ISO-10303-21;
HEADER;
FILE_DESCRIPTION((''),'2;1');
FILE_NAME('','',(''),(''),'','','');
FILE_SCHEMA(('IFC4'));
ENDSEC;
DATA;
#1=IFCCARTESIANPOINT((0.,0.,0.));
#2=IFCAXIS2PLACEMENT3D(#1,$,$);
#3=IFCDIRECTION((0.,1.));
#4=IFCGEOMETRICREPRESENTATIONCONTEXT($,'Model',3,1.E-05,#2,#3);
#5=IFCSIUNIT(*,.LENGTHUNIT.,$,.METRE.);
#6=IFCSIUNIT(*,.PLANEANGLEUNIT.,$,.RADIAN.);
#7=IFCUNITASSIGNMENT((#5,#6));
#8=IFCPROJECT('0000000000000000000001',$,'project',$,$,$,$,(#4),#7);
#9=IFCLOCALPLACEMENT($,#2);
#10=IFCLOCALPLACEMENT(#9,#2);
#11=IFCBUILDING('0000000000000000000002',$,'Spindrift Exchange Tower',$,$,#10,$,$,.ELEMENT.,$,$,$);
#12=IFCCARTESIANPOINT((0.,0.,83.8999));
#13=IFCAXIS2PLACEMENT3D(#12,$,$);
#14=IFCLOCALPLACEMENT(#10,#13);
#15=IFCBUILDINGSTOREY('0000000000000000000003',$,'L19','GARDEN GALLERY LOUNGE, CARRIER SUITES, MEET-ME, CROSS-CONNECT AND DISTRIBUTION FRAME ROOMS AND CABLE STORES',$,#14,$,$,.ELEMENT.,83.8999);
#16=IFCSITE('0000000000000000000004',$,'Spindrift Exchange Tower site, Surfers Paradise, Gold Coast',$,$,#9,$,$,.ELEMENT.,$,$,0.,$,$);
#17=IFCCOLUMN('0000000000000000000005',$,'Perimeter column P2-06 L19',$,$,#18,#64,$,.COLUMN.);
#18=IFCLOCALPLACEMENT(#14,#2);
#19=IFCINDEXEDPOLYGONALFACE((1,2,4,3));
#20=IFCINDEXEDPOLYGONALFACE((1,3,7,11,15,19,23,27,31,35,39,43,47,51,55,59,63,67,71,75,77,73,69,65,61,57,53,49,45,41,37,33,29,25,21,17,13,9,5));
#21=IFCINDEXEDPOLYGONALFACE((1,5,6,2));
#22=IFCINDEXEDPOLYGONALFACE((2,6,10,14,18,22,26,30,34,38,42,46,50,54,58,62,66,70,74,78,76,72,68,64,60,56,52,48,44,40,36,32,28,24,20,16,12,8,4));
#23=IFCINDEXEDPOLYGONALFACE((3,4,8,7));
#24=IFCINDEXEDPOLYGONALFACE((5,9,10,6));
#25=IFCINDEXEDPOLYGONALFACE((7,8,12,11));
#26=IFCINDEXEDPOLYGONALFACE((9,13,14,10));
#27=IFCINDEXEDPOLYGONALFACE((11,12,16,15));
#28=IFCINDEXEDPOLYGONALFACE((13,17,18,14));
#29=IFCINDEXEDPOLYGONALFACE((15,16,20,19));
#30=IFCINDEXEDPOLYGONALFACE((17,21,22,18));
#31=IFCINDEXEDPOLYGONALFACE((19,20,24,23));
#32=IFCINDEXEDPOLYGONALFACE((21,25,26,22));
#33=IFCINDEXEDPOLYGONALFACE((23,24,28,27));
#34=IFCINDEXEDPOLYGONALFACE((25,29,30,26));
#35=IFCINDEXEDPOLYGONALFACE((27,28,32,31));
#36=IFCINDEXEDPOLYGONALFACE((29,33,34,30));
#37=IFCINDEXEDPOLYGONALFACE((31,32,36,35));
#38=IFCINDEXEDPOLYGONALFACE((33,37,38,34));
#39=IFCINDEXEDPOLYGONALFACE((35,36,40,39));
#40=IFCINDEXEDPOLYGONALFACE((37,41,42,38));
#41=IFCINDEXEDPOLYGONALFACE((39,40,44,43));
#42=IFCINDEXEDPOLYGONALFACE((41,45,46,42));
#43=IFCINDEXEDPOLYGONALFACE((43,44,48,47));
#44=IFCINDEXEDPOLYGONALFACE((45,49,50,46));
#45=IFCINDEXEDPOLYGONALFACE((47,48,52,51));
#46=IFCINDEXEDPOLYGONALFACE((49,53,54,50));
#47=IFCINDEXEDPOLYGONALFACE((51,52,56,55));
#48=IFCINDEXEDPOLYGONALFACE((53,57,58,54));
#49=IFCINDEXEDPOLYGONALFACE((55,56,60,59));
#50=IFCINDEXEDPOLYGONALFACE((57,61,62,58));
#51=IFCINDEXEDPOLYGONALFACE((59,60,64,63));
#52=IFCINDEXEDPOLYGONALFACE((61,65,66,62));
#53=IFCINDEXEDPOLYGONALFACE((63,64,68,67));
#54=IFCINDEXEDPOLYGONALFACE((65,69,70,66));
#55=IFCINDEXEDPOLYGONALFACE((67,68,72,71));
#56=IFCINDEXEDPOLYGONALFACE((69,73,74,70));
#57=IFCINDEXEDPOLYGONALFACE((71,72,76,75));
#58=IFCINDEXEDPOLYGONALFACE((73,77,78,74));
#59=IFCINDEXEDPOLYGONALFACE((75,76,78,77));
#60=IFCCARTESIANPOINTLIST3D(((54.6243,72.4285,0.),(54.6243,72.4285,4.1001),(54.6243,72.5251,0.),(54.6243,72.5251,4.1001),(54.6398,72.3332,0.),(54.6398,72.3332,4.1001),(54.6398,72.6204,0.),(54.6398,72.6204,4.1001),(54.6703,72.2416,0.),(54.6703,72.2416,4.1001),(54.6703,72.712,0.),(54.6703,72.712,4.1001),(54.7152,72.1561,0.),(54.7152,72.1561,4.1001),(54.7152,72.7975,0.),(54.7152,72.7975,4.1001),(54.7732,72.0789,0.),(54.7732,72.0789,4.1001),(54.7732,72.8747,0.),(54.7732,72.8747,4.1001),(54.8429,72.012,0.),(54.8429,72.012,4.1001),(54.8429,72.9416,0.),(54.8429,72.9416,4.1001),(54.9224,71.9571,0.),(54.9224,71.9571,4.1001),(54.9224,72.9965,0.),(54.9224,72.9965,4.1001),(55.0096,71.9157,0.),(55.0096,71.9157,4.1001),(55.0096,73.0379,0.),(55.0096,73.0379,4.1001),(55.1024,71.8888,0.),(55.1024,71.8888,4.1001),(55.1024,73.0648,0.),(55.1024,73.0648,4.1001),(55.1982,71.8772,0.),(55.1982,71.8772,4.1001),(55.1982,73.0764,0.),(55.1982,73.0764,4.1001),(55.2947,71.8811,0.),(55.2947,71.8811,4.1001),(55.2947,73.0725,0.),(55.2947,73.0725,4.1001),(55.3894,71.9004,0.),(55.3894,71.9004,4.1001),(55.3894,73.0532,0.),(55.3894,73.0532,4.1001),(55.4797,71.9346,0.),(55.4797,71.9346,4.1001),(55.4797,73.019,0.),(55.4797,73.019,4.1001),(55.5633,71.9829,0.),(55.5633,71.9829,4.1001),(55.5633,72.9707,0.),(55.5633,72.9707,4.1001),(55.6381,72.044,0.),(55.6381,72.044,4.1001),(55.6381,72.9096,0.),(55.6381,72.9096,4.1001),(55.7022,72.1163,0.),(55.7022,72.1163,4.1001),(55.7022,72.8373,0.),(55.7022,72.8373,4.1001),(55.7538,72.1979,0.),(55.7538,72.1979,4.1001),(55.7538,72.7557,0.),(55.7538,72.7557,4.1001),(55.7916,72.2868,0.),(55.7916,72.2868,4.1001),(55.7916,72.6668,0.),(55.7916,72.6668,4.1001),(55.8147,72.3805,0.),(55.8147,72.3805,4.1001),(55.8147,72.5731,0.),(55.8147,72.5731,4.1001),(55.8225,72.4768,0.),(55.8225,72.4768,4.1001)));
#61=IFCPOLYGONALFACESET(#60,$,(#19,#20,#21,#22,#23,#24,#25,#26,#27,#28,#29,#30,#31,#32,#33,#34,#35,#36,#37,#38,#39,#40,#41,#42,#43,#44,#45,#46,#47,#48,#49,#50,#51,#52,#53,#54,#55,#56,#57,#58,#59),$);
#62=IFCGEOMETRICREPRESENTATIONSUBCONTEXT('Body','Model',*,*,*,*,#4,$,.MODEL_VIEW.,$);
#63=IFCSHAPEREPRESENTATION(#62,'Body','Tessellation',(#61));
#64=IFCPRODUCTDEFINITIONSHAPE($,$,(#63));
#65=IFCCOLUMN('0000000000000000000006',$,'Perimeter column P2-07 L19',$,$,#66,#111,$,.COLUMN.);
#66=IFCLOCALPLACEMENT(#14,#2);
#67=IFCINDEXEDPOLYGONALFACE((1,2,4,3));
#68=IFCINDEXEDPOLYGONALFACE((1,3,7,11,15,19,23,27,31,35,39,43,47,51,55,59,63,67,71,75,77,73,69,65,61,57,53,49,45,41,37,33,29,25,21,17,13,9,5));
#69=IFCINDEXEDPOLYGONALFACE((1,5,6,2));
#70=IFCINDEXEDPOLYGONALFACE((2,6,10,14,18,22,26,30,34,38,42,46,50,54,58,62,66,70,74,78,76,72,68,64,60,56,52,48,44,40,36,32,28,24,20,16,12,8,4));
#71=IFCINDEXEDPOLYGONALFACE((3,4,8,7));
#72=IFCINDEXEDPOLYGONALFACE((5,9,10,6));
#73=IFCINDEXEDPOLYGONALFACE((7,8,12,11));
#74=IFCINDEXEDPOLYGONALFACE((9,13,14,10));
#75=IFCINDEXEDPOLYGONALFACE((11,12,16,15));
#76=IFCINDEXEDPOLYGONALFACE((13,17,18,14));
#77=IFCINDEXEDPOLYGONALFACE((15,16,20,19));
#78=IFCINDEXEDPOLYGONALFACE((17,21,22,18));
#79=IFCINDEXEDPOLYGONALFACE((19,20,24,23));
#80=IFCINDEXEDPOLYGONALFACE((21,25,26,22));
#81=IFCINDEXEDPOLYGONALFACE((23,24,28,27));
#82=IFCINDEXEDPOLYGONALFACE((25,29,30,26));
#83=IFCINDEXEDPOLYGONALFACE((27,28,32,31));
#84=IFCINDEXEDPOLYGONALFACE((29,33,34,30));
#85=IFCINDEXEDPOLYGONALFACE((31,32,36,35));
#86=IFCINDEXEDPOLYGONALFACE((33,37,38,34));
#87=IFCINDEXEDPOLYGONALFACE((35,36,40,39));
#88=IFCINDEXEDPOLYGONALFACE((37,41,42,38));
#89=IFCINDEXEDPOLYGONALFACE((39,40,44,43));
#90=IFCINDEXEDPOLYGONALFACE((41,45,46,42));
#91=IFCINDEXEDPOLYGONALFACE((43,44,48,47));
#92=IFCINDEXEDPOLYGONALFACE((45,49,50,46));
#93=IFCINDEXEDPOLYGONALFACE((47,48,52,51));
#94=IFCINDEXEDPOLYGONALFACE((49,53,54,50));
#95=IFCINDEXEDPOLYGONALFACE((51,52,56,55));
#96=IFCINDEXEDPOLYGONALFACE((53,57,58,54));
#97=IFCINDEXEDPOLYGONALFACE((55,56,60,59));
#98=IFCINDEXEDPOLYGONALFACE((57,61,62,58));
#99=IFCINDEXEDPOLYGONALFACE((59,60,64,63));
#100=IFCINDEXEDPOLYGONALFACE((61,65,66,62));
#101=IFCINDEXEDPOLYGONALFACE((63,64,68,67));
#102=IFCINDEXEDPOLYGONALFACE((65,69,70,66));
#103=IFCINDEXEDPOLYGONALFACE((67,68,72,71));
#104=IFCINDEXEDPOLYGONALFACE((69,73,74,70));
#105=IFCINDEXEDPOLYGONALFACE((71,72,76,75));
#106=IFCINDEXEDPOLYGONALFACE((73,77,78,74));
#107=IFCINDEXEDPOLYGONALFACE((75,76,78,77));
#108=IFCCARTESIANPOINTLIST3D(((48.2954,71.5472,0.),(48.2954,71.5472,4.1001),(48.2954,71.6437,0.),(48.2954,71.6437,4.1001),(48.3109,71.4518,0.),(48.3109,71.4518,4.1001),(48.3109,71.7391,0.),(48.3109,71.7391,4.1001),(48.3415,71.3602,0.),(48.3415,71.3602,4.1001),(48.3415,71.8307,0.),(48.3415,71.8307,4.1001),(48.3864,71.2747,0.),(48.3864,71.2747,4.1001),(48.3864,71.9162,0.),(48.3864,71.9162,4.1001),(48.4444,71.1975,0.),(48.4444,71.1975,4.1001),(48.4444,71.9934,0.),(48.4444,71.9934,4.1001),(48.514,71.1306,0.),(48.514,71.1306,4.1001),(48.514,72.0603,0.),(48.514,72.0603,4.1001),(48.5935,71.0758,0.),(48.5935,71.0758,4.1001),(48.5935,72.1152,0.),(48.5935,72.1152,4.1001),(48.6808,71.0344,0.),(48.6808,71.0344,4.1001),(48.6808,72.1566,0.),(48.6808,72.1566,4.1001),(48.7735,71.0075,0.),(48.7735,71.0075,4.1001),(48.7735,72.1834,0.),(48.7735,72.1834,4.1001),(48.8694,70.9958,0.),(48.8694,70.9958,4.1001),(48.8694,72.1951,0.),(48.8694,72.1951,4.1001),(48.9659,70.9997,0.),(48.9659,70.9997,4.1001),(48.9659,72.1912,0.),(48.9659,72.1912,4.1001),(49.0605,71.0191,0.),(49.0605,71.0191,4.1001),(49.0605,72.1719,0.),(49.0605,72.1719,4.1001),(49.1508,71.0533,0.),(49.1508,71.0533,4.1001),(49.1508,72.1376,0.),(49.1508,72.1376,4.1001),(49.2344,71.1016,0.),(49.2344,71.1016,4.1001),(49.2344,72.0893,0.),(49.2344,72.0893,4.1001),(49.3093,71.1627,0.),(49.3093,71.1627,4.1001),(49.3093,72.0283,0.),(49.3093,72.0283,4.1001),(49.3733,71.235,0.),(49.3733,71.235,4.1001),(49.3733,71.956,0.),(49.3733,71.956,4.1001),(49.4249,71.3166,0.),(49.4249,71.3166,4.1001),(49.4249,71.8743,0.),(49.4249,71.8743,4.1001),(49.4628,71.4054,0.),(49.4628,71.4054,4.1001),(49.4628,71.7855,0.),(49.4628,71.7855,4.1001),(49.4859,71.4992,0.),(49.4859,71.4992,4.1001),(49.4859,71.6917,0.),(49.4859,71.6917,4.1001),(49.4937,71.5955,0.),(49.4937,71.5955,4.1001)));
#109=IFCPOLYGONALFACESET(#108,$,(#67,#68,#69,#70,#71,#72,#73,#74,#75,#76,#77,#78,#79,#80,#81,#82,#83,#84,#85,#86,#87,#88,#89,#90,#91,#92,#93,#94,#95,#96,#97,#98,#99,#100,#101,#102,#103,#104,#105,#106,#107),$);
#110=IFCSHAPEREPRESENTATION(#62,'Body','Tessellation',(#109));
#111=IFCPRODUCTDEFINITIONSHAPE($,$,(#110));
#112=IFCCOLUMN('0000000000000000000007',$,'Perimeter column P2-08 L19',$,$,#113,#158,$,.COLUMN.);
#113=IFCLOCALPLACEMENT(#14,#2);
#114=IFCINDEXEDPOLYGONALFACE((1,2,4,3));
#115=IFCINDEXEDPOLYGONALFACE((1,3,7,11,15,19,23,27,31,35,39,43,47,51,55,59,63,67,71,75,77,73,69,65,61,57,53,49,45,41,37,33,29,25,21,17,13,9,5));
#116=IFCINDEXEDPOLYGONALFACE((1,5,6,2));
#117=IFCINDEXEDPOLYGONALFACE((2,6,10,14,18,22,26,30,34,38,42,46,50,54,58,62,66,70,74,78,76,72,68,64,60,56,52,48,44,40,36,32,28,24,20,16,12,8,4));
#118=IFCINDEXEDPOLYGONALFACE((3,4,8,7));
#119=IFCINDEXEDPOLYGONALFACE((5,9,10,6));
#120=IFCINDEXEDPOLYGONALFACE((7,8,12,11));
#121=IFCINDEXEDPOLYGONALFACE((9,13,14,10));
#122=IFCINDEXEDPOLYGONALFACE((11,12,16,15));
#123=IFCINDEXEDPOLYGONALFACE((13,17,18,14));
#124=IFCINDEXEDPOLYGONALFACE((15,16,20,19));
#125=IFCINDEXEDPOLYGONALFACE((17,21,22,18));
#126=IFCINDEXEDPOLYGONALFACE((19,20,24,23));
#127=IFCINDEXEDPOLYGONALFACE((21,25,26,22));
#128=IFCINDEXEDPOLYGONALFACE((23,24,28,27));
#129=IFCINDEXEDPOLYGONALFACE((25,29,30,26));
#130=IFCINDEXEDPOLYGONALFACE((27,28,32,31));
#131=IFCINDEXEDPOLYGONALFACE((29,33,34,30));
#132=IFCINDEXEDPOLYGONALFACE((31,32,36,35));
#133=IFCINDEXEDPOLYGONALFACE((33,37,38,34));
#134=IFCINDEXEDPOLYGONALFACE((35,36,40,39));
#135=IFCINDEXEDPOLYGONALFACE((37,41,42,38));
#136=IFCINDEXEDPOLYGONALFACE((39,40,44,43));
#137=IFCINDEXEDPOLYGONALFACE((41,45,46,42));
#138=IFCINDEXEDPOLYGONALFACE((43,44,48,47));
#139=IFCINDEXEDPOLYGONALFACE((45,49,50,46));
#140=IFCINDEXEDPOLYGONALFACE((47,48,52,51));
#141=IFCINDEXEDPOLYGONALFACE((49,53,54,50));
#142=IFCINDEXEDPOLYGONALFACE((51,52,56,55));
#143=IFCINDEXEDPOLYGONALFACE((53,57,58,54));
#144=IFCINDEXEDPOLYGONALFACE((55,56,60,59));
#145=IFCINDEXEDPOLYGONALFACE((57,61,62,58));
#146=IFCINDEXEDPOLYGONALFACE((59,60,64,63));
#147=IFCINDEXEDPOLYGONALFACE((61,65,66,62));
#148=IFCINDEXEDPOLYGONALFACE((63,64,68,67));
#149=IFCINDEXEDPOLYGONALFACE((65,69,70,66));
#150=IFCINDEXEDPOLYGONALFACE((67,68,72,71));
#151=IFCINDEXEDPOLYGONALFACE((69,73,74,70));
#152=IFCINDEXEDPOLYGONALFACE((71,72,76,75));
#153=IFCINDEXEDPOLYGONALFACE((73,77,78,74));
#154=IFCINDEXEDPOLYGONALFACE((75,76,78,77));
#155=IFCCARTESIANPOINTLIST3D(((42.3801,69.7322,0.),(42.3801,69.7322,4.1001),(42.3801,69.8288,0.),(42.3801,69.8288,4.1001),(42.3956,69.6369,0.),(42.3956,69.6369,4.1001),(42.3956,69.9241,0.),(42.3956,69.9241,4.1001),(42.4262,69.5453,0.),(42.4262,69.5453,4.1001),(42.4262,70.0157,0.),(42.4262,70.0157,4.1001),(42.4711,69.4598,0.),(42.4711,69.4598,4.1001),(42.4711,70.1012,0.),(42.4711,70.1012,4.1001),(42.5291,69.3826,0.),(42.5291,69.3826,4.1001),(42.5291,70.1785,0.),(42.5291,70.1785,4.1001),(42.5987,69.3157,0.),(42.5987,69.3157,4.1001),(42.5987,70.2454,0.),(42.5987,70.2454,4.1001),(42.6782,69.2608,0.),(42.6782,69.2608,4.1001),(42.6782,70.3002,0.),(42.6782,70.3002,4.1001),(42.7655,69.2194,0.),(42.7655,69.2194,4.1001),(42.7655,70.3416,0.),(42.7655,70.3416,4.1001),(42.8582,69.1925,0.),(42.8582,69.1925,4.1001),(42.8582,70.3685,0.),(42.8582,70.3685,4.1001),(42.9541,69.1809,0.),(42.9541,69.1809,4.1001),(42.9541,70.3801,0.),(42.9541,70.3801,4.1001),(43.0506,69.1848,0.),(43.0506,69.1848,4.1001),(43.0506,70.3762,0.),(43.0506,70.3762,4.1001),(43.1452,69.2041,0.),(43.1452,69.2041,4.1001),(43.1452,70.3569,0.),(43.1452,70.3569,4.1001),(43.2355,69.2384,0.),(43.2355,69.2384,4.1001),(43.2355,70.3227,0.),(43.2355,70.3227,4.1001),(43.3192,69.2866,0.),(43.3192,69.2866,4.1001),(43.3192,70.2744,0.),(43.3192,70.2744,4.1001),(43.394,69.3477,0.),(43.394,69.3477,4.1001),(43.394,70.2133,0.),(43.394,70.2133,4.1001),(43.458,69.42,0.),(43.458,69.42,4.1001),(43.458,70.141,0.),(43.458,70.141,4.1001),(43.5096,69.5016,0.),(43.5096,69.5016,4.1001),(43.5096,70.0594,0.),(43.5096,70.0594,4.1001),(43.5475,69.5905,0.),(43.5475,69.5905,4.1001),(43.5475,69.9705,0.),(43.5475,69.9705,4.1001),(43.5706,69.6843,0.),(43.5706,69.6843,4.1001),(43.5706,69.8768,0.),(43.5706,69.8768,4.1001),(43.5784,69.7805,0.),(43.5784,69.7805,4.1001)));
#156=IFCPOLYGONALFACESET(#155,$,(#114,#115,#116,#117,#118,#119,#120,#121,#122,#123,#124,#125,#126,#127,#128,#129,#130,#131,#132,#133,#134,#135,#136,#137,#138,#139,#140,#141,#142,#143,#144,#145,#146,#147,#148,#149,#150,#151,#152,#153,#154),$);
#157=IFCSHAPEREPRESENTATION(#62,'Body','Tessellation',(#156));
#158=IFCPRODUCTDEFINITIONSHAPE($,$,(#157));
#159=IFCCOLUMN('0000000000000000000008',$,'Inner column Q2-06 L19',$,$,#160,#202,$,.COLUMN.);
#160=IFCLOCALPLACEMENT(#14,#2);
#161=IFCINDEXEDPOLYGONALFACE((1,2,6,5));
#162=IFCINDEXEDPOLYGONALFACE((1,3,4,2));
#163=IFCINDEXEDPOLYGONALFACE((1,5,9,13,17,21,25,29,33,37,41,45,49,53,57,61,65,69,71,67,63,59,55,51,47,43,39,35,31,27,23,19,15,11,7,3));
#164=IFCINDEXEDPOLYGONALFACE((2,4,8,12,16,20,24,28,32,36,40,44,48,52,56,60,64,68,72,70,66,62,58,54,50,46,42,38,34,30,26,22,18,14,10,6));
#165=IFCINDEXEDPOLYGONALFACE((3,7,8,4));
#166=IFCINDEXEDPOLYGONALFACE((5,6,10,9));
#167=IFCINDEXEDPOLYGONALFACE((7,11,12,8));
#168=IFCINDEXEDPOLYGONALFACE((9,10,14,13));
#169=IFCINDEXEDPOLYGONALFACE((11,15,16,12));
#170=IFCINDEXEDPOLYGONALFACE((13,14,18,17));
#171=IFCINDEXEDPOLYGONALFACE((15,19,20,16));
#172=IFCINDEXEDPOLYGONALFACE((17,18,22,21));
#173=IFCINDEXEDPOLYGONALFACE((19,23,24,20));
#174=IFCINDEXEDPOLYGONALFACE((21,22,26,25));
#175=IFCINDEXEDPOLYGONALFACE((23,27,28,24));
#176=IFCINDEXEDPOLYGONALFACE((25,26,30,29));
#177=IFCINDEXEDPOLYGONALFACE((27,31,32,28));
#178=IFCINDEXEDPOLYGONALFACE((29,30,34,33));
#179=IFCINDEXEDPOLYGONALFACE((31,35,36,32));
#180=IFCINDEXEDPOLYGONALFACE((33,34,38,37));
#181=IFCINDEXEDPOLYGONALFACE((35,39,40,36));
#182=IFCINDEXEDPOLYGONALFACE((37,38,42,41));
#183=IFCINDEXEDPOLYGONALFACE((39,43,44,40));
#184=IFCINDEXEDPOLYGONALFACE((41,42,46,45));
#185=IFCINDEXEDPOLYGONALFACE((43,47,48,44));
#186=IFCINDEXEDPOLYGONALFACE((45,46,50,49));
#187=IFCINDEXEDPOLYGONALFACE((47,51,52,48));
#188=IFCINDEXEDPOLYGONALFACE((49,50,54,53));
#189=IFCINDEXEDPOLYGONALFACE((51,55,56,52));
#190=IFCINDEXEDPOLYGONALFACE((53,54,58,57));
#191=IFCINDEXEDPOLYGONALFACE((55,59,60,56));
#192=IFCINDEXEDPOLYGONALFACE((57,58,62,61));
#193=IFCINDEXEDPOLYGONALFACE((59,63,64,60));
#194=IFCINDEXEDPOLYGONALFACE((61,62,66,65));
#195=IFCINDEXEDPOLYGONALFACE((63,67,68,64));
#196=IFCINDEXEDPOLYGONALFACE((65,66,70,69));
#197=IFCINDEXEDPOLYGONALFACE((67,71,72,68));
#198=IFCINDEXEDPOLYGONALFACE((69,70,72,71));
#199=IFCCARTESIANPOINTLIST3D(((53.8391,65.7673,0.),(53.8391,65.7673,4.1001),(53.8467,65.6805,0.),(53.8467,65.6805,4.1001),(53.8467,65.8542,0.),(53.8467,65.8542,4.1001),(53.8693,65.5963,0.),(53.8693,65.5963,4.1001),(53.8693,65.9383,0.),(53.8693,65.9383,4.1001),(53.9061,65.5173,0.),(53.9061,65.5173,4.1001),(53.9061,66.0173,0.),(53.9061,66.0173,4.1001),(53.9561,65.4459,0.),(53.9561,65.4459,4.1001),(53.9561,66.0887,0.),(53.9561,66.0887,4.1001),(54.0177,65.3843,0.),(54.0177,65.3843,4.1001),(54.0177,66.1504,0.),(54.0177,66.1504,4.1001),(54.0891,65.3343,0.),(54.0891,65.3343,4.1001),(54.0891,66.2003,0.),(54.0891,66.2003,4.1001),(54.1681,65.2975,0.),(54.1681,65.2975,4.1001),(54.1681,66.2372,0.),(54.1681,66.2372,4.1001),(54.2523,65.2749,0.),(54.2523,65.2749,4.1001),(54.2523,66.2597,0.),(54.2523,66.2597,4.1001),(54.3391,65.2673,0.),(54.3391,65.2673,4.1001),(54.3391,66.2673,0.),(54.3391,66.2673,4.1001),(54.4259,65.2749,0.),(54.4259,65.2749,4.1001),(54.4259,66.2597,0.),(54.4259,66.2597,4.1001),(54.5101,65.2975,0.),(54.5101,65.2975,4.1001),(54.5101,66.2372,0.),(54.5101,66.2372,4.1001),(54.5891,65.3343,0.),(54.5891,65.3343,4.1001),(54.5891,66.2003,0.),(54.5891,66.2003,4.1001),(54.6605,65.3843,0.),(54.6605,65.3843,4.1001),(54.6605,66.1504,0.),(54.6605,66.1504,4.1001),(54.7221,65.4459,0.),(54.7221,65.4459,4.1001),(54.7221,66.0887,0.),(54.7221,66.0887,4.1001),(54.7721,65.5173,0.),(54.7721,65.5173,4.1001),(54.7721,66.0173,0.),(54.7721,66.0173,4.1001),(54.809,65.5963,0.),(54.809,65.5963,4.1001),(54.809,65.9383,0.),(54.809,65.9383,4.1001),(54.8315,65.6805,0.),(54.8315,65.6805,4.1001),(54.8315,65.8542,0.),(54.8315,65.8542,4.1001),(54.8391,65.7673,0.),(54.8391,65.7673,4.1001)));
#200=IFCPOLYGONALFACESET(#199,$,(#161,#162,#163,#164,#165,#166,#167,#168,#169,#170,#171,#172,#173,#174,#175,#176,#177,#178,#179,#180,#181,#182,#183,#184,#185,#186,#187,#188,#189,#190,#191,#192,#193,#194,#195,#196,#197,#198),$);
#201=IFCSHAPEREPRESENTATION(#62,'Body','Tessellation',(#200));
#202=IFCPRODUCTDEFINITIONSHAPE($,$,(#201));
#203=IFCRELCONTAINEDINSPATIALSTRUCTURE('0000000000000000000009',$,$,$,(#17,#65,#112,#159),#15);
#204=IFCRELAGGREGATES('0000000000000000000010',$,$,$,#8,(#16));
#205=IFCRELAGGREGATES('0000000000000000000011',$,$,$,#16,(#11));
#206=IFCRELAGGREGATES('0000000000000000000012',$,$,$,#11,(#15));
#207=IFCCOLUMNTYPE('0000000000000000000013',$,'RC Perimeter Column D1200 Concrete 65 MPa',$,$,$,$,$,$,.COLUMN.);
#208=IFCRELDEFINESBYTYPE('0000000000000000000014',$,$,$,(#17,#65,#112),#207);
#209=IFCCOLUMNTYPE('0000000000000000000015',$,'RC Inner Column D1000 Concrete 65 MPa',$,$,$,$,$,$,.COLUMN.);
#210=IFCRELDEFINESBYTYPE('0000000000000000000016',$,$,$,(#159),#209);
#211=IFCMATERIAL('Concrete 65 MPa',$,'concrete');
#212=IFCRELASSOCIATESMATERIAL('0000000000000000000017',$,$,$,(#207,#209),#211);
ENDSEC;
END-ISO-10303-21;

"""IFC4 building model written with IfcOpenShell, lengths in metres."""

from ifc_helpers import new_model, si_unit, direction, frame, origin, origin_2d, place, context, subcontext, project, spatial, circle, extrude, source, transform, mapped, material, material_profile, profile_set, type_object, element, save


model = new_model("IFC4")

# Units and contexts
model_context = context("Model", 3, precision=1e-05, world=origin(), true_north=direction((0.0, 1.0)))
body_context = subcontext(model_context, "Body", "Model", "MODEL_VIEW")
ifc_project = project(units=[si_unit("LENGTHUNIT", "METRE"), si_unit("PLANEANGLEUNIT", "RADIAN")], contexts=[model_context])

# Site, building, storey
site_placement = place(None, origin())
site = spatial("IfcSite", under=ifc_project, at=site_placement, Name="Spindrift Exchange Tower site, Surfers Paradise, Gold Coast", CompositionType="ELEMENT", RefElevation=0.0)
building_placement = place(site_placement, origin())
building = spatial("IfcBuilding", under=site, at=building_placement, Name="Spindrift Exchange Tower", CompositionType="ELEMENT")
storey_placement = place(building_placement, frame((0.0, 0.0, 83.8999)))
storey = spatial("IfcBuildingStorey", under=building, at=storey_placement, Name="L19", Description="GARDEN GALLERY LOUNGE, CARRIER SUITES, MEET-ME, CROSS-CONNECT AND DISTRIBUTION FRAME ROOMS AND CABLE STORES", CompositionType="ELEMENT", Elevation=83.8999)

# Columns
ifc_material_1 = material(Name="Concrete 65 MPa", Category="concrete")
ifc_material_profile_1 = material_profile(ifc_material_1, circle(Radius=0.6001, at=origin_2d()), Name="RC D1200")
ifc_profile_set_1 = profile_set([ifc_material_profile_1], Name="Concrete 65 MPa")
column_type_1 = type_object("IfcColumnType", Name="RC Perimeter Column D1200 Concrete 65 MPa", PredefinedType="COLUMN", material=ifc_profile_set_1)
shared_shape_1 = source(origin(), body_context, "Body", "SweptSolid", [
    extrude(circle(Radius=0.6001, at=origin_2d()), origin(), (0.0, 0.0, 1.0), 4.1001),
])
for number, where, z_axis, x_axis, name in (
    (1, (55.2224, 72.4768, 0.0), (0.0, 0.0, 1.0), (1.0, 0.0, 0.0), "Perimeter column P2-06 L19"),
    (2, (48.8936, 71.5955, 0.0), (0.0, 0.0, 1.0), (1.0, 0.0, 0.0), "Perimeter column P2-07 L19"),
    (3, (42.9783, 69.7805, 0.0), (0.0, 0.0, 1.0), (1.0, 0.0, 0.0), "Perimeter column P2-08 L19"),
):
    element("IfcColumn", number, at=place(storey_placement, frame(where, z_axis=z_axis, x_axis=x_axis)), inside=storey, type_object=column_type_1, Name=name, PredefinedType="COLUMN", context=body_context, shape_type="MappedRepresentation", body=[
        mapped(shared_shape_1, transform((0.0, 0.0, 0.0), scale=1.0)),
    ])
ifc_material_profile_2 = material_profile(ifc_material_1, circle(Radius=0.5, at=origin_2d()), Name="RC D1000")
ifc_profile_set_2 = profile_set([ifc_material_profile_2], Name="Concrete 65 MPa")
column_type_2 = type_object("IfcColumnType", Name="RC Inner Column D1000 Concrete 65 MPa", PredefinedType="COLUMN", material=ifc_profile_set_2)
shared_shape_2 = source(origin(), body_context, "Body", "SweptSolid", [
    extrude(circle(Radius=0.5, at=origin_2d()), origin(), (0.0, 0.0, 1.0), 4.1001),
])
for number, where, z_axis, x_axis, name in (
    (4, (54.3391, 65.7673, 0.0), (0.0, 0.0, 1.0), (1.0, 0.0, 0.0), "Inner column Q2-06 L19"),
):
    element("IfcColumn", number, at=place(storey_placement, frame(where, z_axis=z_axis, x_axis=x_axis)), inside=storey, type_object=column_type_2, Name=name, PredefinedType="COLUMN", context=body_context, shape_type="MappedRepresentation", body=[
        mapped(shared_shape_2, transform((0.0, 0.0, 0.0), scale=1.0)),
    ])

save(model, "model.ifc")
